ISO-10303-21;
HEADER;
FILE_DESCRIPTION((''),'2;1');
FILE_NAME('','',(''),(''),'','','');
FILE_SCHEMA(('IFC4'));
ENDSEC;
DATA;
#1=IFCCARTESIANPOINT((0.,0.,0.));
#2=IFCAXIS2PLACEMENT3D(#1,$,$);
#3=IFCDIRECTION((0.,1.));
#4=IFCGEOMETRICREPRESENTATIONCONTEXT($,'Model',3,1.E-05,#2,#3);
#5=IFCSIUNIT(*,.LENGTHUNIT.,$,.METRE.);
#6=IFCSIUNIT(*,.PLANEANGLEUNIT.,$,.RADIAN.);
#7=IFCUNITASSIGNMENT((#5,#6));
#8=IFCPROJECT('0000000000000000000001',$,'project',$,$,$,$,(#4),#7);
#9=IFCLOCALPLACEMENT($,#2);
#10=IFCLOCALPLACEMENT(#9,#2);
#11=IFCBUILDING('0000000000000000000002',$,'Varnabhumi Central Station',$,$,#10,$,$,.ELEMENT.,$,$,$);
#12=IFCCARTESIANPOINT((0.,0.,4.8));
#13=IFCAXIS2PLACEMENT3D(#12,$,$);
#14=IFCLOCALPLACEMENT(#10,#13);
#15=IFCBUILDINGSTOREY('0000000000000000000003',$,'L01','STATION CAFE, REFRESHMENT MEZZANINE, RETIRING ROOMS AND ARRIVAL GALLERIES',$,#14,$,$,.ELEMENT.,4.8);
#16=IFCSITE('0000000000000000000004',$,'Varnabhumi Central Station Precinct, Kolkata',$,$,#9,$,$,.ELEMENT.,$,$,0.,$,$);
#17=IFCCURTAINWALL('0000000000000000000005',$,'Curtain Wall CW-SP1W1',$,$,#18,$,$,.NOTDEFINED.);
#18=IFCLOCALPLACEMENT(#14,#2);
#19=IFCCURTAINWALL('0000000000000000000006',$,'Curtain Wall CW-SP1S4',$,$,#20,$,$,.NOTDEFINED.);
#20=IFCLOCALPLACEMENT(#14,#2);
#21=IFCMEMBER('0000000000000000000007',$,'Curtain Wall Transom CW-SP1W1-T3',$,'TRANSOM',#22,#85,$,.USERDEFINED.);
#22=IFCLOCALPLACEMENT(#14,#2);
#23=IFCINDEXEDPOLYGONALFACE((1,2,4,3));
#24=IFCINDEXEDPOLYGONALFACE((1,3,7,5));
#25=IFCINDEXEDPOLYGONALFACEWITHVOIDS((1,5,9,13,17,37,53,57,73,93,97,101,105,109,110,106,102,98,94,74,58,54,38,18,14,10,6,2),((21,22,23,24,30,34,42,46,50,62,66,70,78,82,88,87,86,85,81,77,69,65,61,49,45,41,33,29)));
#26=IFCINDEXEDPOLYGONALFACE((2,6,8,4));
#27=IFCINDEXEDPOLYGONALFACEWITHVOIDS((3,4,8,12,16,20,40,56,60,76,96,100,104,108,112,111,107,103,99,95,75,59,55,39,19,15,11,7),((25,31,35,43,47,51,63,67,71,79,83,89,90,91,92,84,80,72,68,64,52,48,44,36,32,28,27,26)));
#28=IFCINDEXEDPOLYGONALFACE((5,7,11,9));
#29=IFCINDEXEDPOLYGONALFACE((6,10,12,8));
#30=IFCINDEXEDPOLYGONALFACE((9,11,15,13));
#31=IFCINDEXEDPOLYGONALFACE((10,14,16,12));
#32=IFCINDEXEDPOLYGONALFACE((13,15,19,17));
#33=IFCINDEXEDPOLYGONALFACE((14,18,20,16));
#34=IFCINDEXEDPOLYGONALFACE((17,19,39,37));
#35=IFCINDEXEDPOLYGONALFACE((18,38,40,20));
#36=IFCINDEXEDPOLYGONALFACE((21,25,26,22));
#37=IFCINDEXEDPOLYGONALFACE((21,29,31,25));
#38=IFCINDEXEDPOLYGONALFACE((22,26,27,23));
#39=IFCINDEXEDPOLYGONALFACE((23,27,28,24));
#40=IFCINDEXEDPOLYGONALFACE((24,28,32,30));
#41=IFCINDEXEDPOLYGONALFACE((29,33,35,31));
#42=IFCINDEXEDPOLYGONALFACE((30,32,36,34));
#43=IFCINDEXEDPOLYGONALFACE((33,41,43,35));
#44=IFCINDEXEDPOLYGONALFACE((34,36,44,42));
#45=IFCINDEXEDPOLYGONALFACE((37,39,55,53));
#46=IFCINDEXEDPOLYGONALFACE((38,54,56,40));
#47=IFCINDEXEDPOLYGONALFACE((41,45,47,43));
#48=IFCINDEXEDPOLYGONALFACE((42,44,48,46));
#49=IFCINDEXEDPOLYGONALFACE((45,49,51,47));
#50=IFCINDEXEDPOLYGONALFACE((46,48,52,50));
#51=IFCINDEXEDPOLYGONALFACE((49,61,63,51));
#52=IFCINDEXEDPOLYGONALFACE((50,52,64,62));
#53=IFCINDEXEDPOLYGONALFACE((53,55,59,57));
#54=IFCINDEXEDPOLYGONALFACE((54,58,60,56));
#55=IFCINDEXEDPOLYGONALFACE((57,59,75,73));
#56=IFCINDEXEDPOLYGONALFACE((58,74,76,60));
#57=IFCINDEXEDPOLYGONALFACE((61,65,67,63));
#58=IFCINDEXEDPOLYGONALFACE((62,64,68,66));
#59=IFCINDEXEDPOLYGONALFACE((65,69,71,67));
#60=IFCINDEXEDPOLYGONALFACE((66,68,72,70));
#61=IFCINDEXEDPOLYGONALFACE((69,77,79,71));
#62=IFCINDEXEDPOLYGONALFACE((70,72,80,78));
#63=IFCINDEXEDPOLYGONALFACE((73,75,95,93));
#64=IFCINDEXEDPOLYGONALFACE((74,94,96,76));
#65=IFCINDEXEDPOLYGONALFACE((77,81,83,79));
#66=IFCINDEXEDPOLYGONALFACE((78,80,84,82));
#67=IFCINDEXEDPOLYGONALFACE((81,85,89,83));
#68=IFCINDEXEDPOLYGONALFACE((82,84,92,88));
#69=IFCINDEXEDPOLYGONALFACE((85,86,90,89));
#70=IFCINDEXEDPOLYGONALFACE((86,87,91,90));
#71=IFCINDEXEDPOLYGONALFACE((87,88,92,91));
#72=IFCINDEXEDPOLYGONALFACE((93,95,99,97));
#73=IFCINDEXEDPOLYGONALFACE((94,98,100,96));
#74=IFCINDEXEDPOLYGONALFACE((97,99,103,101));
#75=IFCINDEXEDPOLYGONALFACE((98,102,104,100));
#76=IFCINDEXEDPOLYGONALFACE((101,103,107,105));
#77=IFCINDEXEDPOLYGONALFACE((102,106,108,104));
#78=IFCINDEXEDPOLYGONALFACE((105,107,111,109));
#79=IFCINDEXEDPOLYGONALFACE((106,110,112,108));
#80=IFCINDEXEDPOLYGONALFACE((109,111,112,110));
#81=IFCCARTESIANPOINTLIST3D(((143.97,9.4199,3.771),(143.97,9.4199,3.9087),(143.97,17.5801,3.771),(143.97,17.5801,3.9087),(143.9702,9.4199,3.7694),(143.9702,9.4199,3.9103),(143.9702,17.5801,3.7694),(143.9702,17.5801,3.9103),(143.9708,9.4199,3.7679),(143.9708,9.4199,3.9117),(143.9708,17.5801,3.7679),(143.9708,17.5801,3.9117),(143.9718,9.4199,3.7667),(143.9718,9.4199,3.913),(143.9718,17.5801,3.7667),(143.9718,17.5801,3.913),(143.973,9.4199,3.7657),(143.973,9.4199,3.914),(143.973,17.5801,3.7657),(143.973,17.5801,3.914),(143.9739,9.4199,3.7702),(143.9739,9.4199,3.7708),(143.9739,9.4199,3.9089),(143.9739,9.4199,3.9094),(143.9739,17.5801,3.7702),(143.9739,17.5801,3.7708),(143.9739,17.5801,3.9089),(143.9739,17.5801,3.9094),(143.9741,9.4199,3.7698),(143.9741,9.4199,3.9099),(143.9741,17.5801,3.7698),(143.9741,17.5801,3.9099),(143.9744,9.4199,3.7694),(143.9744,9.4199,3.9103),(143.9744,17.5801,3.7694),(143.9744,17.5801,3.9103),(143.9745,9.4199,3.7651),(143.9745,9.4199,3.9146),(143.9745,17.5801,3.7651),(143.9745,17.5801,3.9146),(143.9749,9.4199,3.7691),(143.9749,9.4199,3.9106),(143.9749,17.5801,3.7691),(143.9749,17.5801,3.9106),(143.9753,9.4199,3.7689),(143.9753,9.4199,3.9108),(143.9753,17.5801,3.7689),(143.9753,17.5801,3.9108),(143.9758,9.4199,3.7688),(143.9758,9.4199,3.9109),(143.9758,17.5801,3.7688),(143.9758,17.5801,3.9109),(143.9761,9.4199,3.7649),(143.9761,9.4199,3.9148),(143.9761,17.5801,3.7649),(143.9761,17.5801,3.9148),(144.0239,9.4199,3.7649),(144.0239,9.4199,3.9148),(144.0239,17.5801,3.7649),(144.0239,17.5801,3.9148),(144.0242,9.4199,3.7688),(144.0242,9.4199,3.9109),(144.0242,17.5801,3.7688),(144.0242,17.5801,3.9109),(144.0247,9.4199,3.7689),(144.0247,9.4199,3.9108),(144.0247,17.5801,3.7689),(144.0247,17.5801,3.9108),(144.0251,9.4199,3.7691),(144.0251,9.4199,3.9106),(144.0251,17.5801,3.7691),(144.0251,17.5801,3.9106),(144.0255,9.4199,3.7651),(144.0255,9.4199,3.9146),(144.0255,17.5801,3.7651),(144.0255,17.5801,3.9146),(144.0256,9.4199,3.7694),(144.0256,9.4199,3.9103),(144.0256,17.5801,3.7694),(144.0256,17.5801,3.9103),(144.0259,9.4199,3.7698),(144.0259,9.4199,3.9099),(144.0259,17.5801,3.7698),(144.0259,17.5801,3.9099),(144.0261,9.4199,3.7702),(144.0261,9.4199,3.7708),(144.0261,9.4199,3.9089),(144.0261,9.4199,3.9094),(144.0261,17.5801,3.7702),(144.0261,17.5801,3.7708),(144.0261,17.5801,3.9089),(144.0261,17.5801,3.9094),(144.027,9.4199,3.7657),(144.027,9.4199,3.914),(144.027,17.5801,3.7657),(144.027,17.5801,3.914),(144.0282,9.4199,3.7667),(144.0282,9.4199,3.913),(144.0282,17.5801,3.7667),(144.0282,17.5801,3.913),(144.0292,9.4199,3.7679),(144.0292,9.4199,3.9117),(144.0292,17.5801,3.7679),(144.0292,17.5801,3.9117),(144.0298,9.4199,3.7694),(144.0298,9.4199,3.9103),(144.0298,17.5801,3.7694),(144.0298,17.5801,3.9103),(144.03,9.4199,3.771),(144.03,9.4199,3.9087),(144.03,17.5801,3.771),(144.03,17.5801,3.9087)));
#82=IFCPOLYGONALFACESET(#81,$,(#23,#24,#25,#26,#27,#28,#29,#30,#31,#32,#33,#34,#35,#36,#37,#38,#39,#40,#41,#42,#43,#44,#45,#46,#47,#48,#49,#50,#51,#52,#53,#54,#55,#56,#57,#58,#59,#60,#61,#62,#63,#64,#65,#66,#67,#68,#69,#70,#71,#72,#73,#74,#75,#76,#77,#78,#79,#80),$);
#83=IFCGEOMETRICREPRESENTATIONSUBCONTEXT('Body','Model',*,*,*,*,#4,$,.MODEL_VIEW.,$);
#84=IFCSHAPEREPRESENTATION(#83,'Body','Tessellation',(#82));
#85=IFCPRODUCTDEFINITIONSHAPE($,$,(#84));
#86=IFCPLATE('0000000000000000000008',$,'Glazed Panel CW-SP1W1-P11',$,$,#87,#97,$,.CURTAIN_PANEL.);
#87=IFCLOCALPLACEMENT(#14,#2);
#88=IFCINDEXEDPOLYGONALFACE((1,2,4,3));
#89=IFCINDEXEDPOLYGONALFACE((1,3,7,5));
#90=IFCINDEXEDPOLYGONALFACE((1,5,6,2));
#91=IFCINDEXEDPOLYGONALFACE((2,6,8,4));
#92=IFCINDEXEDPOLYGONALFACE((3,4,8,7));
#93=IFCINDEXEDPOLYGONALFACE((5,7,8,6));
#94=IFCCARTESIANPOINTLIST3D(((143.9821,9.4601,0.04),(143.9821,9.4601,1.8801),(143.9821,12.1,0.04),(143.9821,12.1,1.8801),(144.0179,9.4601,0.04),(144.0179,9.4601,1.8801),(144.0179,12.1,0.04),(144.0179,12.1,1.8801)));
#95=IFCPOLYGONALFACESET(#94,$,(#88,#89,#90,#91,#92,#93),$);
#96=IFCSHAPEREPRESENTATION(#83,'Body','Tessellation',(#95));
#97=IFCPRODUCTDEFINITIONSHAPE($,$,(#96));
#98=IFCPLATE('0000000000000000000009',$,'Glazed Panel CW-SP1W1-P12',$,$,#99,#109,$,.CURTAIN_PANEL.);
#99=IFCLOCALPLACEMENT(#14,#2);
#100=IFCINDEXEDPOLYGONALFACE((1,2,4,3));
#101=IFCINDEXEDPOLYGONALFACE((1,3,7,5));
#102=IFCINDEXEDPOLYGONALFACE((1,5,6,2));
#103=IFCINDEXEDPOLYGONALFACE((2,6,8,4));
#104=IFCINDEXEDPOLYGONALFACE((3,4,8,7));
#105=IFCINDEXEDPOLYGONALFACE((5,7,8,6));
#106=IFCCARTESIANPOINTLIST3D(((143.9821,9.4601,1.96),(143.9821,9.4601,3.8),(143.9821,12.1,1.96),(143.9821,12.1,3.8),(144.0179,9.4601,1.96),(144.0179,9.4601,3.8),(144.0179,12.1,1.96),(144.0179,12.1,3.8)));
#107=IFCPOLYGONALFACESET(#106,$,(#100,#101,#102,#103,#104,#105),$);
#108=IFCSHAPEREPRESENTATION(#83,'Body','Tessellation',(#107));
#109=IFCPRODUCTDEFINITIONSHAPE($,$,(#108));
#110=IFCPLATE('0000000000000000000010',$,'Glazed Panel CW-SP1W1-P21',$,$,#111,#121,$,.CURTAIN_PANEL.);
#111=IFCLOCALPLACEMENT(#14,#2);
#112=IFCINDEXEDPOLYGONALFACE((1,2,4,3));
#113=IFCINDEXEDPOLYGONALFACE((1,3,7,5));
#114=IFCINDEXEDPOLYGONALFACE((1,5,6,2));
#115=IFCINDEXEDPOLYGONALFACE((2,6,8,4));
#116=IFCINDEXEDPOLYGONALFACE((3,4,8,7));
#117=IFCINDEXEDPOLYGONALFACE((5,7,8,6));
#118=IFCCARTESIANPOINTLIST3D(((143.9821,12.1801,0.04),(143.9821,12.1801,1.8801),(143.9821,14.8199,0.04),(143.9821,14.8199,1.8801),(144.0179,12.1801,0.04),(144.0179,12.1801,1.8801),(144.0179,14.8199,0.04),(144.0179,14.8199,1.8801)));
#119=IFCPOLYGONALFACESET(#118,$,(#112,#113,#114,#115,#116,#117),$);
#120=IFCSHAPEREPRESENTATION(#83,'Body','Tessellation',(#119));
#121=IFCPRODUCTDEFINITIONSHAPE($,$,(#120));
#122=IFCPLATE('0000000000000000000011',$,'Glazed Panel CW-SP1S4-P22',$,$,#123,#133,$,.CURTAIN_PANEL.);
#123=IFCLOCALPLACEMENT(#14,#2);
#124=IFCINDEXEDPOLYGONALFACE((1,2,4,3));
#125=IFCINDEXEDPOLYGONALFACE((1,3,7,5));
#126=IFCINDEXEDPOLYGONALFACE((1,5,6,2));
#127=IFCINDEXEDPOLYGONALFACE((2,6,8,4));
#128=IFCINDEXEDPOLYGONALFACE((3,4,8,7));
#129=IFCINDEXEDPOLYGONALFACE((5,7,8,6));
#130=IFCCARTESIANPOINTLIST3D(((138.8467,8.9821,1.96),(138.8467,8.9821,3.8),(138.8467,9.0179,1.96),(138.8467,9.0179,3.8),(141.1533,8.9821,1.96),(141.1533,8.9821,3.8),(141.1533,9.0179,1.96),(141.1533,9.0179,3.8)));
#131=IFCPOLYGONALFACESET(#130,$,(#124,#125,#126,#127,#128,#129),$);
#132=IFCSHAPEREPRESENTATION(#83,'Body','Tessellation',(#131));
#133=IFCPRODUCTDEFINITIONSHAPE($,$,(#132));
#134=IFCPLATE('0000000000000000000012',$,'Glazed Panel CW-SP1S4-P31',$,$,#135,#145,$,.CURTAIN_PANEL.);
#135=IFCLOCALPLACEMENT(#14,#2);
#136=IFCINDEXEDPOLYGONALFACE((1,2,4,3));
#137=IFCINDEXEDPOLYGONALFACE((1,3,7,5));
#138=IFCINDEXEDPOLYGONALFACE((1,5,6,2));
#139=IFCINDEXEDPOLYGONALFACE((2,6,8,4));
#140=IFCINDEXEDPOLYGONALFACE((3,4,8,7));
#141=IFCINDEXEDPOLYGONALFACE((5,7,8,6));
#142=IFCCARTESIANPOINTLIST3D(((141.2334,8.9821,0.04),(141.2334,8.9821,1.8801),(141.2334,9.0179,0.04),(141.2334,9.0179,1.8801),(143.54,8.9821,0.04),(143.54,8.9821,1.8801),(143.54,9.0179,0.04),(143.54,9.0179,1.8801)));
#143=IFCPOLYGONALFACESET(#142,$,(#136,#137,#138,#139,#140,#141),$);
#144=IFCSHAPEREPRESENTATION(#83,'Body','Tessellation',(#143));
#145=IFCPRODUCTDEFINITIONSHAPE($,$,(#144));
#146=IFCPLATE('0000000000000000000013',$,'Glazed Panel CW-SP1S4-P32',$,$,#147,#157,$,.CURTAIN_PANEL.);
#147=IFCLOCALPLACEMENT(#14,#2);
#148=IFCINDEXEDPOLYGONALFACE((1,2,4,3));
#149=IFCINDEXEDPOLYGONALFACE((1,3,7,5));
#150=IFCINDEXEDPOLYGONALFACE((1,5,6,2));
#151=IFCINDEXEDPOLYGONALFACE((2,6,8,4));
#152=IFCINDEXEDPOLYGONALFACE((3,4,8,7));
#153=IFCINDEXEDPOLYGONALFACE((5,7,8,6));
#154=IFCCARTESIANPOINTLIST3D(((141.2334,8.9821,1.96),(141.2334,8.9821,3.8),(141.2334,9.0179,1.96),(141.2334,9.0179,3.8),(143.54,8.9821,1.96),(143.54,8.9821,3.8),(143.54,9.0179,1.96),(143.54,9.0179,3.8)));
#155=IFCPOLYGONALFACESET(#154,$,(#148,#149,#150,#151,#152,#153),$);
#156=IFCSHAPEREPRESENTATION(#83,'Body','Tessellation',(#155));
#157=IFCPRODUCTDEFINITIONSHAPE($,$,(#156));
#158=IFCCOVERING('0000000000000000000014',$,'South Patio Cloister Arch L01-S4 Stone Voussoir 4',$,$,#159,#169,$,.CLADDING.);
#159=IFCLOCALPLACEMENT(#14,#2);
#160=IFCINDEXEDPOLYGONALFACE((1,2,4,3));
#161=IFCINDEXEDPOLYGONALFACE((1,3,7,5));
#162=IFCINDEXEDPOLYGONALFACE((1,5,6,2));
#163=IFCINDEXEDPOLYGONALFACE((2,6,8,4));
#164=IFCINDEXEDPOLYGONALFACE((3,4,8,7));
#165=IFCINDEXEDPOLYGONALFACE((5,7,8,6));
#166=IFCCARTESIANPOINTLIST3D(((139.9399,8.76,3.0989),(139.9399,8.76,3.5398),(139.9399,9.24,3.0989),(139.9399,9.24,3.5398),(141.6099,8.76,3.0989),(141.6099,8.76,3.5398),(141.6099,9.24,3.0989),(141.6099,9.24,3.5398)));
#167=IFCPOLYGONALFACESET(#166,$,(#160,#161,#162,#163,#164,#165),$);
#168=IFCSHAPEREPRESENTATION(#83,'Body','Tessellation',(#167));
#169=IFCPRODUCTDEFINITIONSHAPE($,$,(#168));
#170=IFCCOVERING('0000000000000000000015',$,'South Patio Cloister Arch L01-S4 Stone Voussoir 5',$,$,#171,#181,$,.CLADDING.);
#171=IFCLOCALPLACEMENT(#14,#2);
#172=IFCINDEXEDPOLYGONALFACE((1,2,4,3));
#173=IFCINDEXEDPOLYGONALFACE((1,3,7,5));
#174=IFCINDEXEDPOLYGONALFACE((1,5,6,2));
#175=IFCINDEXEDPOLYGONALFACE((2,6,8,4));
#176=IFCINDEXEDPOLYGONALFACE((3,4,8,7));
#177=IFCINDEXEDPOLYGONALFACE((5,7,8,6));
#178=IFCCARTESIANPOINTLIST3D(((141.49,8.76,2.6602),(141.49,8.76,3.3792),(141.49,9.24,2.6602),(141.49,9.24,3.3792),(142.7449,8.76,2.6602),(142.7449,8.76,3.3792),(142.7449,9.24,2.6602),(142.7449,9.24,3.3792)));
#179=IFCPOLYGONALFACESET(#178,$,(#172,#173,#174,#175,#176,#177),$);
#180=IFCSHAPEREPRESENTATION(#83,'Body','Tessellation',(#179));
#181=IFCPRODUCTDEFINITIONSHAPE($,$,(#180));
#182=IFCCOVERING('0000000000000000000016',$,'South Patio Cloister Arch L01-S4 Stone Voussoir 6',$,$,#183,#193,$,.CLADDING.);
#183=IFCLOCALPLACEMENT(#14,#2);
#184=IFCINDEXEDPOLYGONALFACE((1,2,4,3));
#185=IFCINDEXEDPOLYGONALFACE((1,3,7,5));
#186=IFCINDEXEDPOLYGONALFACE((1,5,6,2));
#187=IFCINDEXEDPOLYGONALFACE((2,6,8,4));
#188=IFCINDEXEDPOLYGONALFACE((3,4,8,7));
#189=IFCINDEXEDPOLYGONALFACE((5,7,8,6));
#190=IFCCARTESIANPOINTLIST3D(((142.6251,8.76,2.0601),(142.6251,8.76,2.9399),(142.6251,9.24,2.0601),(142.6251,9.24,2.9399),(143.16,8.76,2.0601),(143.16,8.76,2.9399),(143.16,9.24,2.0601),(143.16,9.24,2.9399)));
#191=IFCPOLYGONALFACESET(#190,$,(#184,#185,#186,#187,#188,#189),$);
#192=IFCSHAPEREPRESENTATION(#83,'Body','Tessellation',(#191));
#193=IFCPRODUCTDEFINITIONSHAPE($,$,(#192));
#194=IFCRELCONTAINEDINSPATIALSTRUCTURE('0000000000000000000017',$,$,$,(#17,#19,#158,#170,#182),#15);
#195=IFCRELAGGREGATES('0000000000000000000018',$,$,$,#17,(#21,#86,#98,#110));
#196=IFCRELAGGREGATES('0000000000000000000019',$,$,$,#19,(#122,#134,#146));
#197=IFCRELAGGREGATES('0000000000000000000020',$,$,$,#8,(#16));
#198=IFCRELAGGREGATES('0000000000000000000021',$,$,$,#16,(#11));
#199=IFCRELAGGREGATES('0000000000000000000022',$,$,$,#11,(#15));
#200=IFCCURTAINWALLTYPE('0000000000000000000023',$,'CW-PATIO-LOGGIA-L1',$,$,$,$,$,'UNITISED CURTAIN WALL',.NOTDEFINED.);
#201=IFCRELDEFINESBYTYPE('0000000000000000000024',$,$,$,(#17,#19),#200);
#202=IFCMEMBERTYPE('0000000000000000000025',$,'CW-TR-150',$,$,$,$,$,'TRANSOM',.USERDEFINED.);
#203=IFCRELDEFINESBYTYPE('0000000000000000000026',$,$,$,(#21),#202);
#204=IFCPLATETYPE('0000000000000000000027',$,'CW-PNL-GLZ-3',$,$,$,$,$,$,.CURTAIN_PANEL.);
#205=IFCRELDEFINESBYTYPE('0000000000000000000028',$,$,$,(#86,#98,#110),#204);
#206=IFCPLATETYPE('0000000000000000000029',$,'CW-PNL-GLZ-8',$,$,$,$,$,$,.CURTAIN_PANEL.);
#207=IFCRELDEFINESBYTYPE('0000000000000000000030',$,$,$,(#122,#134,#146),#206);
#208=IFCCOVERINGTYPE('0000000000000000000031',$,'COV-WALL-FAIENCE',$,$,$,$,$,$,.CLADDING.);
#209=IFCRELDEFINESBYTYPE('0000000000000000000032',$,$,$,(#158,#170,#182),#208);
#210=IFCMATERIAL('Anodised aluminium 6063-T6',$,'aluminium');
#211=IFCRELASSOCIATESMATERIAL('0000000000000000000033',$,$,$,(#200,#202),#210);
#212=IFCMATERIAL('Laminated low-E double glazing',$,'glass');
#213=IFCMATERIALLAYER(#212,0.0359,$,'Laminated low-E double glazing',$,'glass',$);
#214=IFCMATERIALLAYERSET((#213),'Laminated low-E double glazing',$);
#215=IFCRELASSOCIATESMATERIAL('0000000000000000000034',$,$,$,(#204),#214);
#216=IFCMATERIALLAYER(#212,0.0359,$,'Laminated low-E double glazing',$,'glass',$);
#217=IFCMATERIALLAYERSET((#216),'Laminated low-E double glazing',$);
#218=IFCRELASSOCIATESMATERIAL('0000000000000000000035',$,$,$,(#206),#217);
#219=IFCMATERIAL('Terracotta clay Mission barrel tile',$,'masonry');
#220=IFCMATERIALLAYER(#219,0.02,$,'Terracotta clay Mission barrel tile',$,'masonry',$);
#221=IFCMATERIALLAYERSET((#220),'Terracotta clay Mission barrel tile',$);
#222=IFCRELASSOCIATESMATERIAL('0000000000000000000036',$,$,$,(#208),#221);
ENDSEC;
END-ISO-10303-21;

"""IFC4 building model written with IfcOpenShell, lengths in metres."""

from ifc_helpers import new_model, si_unit, direction, frame, origin, origin_2d, place, context, subcontext, project, spatial, rectangle, hollow_rectangle, extrude, material, layer, layer_set, material_profile, profile_set, type_object, element, aggregate, save


model = new_model("IFC4")

# Units and contexts
model_context = context("Model", 3, precision=1e-05, world=origin(), true_north=direction((0.0, 1.0)))
body_context = subcontext(model_context, "Body", "Model", "MODEL_VIEW")
ifc_project = project(units=[si_unit("LENGTHUNIT", "METRE"), si_unit("PLANEANGLEUNIT", "RADIAN")], contexts=[model_context])

# Site, building, storey
site_placement = place(None, origin())
site = spatial("IfcSite", under=ifc_project, at=site_placement, Name="Varnabhumi Central Station Precinct, Kolkata", CompositionType="ELEMENT", RefElevation=0.0)
building_placement = place(site_placement, origin())
building = spatial("IfcBuilding", under=site, at=building_placement, Name="Varnabhumi Central Station", CompositionType="ELEMENT")
storey_placement = place(building_placement, frame((0.0, 0.0, 4.8)))
storey = spatial("IfcBuildingStorey", under=building, at=storey_placement, Name="L01", Description="STATION CAFE, REFRESHMENT MEZZANINE, RETIRING ROOMS AND ARRIVAL GALLERIES", CompositionType="ELEMENT", Elevation=4.8)

# Curtain walls
ifc_material_1 = material(Name="Anodised aluminium 6063-T6", Category="aluminium")
curtain_wall_type = type_object("IfcCurtainWallType", Name="CW-PATIO-LOGGIA-L1", ElementType="UNITISED CURTAIN WALL", PredefinedType="NOTDEFINED", material=ifc_material_1)
curtain_wall_1_placement = place(storey_placement, origin())
curtain_wall_1 = element("IfcCurtainWall", 1, at=curtain_wall_1_placement, inside=storey, type_object=curtain_wall_type, Name="Curtain Wall CW-SP1W1", PredefinedType="NOTDEFINED")
curtain_wall_2_placement = place(storey_placement, origin())
curtain_wall_2 = element("IfcCurtainWall", 2, at=curtain_wall_2_placement, inside=storey, type_object=curtain_wall_type, Name="Curtain Wall CW-SP1S4", PredefinedType="NOTDEFINED")

# Member
ifc_material_profile_1 = material_profile(ifc_material_1, hollow_rectangle(XDim=0.0601, YDim=0.1499, WallThickness=0.0039, InnerFilletRadius=0.002, OuterFilletRadius=0.0061, at=origin_2d()), Name="Anodised aluminium 6063-T6", Category="aluminium")
ifc_profile_set_1 = profile_set([ifc_material_profile_1], Name="Anodised aluminium 6063-T6")
member_type_1 = type_object("IfcMemberType", Name="CW-TR-150", ElementType="TRANSOM", PredefinedType="USERDEFINED", material=ifc_profile_set_1)
member_1_placement = place(storey_placement, frame((144.0, 9.4199, 3.8398), z_axis=(0.0, 1.0, 0.0), x_axis=(-1.0, 0.0, 0.0)))
member_1 = element("IfcMember", 3, at=member_1_placement, type_object=member_type_1, Name="Curtain Wall Transom CW-SP1W1-T3", ObjectType="TRANSOM", PredefinedType="USERDEFINED", context=body_context, shape_type="SweptSolid", body=[
    extrude(hollow_rectangle(XDim=0.0601, YDim=0.1499, WallThickness=0.0039, InnerFilletRadius=0.002, OuterFilletRadius=0.0061, at=origin_2d()), origin(), (0.0, 0.0, 1.0), 8.1602),
])

# Plates
ifc_material_2 = material(Name="Laminated low-E double glazing", Category="glass")
ifc_layer_1 = layer(ifc_material_2, 0.0359, Name="Laminated low-E double glazing", Category="glass")
ifc_layer_set_1 = layer_set([ifc_layer_1], Name="Laminated low-E double glazing")
plate_type_1 = type_object("IfcPlateType", Name="CW-PNL-GLZ-3", PredefinedType="CURTAIN_PANEL", material=ifc_layer_set_1)
plate_1_placement = place(storey_placement, frame((144.0, 10.78, 0.04), z_axis=(0.0, 0.0, 1.0), x_axis=(0.0, 1.0, 0.0)))
plate_1 = element("IfcPlate", 4, at=plate_1_placement, type_object=plate_type_1, Name="Glazed Panel CW-SP1W1-P11", PredefinedType="CURTAIN_PANEL", context=body_context, shape_type="SweptSolid", body=[
    extrude(rectangle(XDim=2.6399, YDim=0.0359, at=origin_2d()), origin(), (0.0, 0.0, 1.0), 1.8401),
])
plate_2_placement = place(storey_placement, frame((144.0, 10.78, 1.96), z_axis=(0.0, 0.0, 1.0), x_axis=(0.0, 1.0, 0.0)))
plate_2 = element("IfcPlate", 5, at=plate_2_placement, type_object=plate_type_1, Name="Glazed Panel CW-SP1W1-P12", PredefinedType="CURTAIN_PANEL", context=body_context, shape_type="SweptSolid", body=[
    extrude(rectangle(XDim=2.6399, YDim=0.0359, at=origin_2d()), origin(), (0.0, 0.0, 1.0), 1.8401),
])
plate_3_placement = place(storey_placement, frame((144.0, 13.5, 0.04), z_axis=(0.0, 0.0, 1.0), x_axis=(0.0, 1.0, 0.0)))
plate_3 = element("IfcPlate", 6, at=plate_3_placement, type_object=plate_type_1, Name="Glazed Panel CW-SP1W1-P21", PredefinedType="CURTAIN_PANEL", context=body_context, shape_type="SweptSolid", body=[
    extrude(rectangle(XDim=2.6399, YDim=0.0359, at=origin_2d()), origin(), (0.0, 0.0, 1.0), 1.8401),
])
aggregate(curtain_wall_1, [member_1, plate_1, plate_2, plate_3])
ifc_layer_2 = layer(ifc_material_2, 0.0359, Name="Laminated low-E double glazing", Category="glass")
ifc_layer_set_2 = layer_set([ifc_layer_2], Name="Laminated low-E double glazing")
plate_type_2 = type_object("IfcPlateType", Name="CW-PNL-GLZ-8", PredefinedType="CURTAIN_PANEL", material=ifc_layer_set_2)
plate_4_placement = place(storey_placement, frame((140.0, 9.0, 1.96), z_axis=(0.0, 0.0, 1.0), x_axis=(1.0, 0.0, 0.0)))
plate_4 = element("IfcPlate", 7, at=plate_4_placement, type_object=plate_type_2, Name="Glazed Panel CW-SP1S4-P22", PredefinedType="CURTAIN_PANEL", context=body_context, shape_type="SweptSolid", body=[
    extrude(rectangle(XDim=2.3066, YDim=0.0359, at=origin_2d()), origin(), (0.0, 0.0, 1.0), 1.8401),
])
plate_5_placement = place(storey_placement, frame((142.3867, 9.0, 0.04), z_axis=(0.0, 0.0, 1.0), x_axis=(1.0, 0.0, 0.0)))
plate_5 = element("IfcPlate", 8, at=plate_5_placement, type_object=plate_type_2, Name="Glazed Panel CW-SP1S4-P31", PredefinedType="CURTAIN_PANEL", context=body_context, shape_type="SweptSolid", body=[
    extrude(rectangle(XDim=2.3066, YDim=0.0359, at=origin_2d()), origin(), (0.0, 0.0, 1.0), 1.8401),
])
plate_6_placement = place(storey_placement, frame((142.3867, 9.0, 1.96), z_axis=(0.0, 0.0, 1.0), x_axis=(1.0, 0.0, 0.0)))
plate_6 = element("IfcPlate", 9, at=plate_6_placement, type_object=plate_type_2, Name="Glazed Panel CW-SP1S4-P32", PredefinedType="CURTAIN_PANEL", context=body_context, shape_type="SweptSolid", body=[
    extrude(rectangle(XDim=2.3066, YDim=0.0359, at=origin_2d()), origin(), (0.0, 0.0, 1.0), 1.8401),
])
aggregate(curtain_wall_2, [plate_4, plate_5, plate_6])

# Coverings
ifc_material_3 = material(Name="Terracotta clay Mission barrel tile", Category="masonry")
ifc_layer_3 = layer(ifc_material_3, 0.02, Name="Terracotta clay Mission barrel tile", Category="masonry")
ifc_layer_set_3 = layer_set([ifc_layer_3], Name="Terracotta clay Mission barrel tile")
covering_type = type_object("IfcCoveringType", Name="COV-WALL-FAIENCE", PredefinedType="CLADDING", material=ifc_layer_set_3)
covering_1_placement = place(storey_placement, frame((140.7749, 9.0, 3.0989), z_axis=(0.0, 0.0, 1.0), x_axis=(1.0, 0.0, 0.0)))
element("IfcCovering", 10, at=covering_1_placement, inside=storey, type_object=covering_type, Name="South Patio Cloister Arch L01-S4 Stone Voussoir 4", PredefinedType="CLADDING", context=body_context, shape_type="SweptSolid", body=[
    extrude(rectangle(XDim=1.6699, YDim=0.48, at=origin_2d()), origin(), (0.0, 0.0, 1.0), 0.4409),
])
covering_2_placement = place(storey_placement, frame((142.1174, 9.0, 2.6602), z_axis=(0.0, 0.0, 1.0), x_axis=(1.0, 0.0, 0.0)))
element("IfcCovering", 11, at=covering_2_placement, inside=storey, type_object=covering_type, Name="South Patio Cloister Arch L01-S4 Stone Voussoir 5", PredefinedType="CLADDING", context=body_context, shape_type="SweptSolid", body=[
    extrude(rectangle(XDim=1.2549, YDim=0.48, at=origin_2d()), origin(), (0.0, 0.0, 1.0), 0.719),
])
covering_3_placement = place(storey_placement, frame((142.8926, 9.0, 2.0601), z_axis=(0.0, 0.0, 1.0), x_axis=(1.0, 0.0, 0.0)))
element("IfcCovering", 12, at=covering_3_placement, inside=storey, type_object=covering_type, Name="South Patio Cloister Arch L01-S4 Stone Voussoir 6", PredefinedType="CLADDING", context=body_context, shape_type="SweptSolid", body=[
    extrude(rectangle(XDim=0.5349, YDim=0.48, at=origin_2d()), origin(), (0.0, 0.0, 1.0), 0.8799),
])

save(model, "model.ifc")
